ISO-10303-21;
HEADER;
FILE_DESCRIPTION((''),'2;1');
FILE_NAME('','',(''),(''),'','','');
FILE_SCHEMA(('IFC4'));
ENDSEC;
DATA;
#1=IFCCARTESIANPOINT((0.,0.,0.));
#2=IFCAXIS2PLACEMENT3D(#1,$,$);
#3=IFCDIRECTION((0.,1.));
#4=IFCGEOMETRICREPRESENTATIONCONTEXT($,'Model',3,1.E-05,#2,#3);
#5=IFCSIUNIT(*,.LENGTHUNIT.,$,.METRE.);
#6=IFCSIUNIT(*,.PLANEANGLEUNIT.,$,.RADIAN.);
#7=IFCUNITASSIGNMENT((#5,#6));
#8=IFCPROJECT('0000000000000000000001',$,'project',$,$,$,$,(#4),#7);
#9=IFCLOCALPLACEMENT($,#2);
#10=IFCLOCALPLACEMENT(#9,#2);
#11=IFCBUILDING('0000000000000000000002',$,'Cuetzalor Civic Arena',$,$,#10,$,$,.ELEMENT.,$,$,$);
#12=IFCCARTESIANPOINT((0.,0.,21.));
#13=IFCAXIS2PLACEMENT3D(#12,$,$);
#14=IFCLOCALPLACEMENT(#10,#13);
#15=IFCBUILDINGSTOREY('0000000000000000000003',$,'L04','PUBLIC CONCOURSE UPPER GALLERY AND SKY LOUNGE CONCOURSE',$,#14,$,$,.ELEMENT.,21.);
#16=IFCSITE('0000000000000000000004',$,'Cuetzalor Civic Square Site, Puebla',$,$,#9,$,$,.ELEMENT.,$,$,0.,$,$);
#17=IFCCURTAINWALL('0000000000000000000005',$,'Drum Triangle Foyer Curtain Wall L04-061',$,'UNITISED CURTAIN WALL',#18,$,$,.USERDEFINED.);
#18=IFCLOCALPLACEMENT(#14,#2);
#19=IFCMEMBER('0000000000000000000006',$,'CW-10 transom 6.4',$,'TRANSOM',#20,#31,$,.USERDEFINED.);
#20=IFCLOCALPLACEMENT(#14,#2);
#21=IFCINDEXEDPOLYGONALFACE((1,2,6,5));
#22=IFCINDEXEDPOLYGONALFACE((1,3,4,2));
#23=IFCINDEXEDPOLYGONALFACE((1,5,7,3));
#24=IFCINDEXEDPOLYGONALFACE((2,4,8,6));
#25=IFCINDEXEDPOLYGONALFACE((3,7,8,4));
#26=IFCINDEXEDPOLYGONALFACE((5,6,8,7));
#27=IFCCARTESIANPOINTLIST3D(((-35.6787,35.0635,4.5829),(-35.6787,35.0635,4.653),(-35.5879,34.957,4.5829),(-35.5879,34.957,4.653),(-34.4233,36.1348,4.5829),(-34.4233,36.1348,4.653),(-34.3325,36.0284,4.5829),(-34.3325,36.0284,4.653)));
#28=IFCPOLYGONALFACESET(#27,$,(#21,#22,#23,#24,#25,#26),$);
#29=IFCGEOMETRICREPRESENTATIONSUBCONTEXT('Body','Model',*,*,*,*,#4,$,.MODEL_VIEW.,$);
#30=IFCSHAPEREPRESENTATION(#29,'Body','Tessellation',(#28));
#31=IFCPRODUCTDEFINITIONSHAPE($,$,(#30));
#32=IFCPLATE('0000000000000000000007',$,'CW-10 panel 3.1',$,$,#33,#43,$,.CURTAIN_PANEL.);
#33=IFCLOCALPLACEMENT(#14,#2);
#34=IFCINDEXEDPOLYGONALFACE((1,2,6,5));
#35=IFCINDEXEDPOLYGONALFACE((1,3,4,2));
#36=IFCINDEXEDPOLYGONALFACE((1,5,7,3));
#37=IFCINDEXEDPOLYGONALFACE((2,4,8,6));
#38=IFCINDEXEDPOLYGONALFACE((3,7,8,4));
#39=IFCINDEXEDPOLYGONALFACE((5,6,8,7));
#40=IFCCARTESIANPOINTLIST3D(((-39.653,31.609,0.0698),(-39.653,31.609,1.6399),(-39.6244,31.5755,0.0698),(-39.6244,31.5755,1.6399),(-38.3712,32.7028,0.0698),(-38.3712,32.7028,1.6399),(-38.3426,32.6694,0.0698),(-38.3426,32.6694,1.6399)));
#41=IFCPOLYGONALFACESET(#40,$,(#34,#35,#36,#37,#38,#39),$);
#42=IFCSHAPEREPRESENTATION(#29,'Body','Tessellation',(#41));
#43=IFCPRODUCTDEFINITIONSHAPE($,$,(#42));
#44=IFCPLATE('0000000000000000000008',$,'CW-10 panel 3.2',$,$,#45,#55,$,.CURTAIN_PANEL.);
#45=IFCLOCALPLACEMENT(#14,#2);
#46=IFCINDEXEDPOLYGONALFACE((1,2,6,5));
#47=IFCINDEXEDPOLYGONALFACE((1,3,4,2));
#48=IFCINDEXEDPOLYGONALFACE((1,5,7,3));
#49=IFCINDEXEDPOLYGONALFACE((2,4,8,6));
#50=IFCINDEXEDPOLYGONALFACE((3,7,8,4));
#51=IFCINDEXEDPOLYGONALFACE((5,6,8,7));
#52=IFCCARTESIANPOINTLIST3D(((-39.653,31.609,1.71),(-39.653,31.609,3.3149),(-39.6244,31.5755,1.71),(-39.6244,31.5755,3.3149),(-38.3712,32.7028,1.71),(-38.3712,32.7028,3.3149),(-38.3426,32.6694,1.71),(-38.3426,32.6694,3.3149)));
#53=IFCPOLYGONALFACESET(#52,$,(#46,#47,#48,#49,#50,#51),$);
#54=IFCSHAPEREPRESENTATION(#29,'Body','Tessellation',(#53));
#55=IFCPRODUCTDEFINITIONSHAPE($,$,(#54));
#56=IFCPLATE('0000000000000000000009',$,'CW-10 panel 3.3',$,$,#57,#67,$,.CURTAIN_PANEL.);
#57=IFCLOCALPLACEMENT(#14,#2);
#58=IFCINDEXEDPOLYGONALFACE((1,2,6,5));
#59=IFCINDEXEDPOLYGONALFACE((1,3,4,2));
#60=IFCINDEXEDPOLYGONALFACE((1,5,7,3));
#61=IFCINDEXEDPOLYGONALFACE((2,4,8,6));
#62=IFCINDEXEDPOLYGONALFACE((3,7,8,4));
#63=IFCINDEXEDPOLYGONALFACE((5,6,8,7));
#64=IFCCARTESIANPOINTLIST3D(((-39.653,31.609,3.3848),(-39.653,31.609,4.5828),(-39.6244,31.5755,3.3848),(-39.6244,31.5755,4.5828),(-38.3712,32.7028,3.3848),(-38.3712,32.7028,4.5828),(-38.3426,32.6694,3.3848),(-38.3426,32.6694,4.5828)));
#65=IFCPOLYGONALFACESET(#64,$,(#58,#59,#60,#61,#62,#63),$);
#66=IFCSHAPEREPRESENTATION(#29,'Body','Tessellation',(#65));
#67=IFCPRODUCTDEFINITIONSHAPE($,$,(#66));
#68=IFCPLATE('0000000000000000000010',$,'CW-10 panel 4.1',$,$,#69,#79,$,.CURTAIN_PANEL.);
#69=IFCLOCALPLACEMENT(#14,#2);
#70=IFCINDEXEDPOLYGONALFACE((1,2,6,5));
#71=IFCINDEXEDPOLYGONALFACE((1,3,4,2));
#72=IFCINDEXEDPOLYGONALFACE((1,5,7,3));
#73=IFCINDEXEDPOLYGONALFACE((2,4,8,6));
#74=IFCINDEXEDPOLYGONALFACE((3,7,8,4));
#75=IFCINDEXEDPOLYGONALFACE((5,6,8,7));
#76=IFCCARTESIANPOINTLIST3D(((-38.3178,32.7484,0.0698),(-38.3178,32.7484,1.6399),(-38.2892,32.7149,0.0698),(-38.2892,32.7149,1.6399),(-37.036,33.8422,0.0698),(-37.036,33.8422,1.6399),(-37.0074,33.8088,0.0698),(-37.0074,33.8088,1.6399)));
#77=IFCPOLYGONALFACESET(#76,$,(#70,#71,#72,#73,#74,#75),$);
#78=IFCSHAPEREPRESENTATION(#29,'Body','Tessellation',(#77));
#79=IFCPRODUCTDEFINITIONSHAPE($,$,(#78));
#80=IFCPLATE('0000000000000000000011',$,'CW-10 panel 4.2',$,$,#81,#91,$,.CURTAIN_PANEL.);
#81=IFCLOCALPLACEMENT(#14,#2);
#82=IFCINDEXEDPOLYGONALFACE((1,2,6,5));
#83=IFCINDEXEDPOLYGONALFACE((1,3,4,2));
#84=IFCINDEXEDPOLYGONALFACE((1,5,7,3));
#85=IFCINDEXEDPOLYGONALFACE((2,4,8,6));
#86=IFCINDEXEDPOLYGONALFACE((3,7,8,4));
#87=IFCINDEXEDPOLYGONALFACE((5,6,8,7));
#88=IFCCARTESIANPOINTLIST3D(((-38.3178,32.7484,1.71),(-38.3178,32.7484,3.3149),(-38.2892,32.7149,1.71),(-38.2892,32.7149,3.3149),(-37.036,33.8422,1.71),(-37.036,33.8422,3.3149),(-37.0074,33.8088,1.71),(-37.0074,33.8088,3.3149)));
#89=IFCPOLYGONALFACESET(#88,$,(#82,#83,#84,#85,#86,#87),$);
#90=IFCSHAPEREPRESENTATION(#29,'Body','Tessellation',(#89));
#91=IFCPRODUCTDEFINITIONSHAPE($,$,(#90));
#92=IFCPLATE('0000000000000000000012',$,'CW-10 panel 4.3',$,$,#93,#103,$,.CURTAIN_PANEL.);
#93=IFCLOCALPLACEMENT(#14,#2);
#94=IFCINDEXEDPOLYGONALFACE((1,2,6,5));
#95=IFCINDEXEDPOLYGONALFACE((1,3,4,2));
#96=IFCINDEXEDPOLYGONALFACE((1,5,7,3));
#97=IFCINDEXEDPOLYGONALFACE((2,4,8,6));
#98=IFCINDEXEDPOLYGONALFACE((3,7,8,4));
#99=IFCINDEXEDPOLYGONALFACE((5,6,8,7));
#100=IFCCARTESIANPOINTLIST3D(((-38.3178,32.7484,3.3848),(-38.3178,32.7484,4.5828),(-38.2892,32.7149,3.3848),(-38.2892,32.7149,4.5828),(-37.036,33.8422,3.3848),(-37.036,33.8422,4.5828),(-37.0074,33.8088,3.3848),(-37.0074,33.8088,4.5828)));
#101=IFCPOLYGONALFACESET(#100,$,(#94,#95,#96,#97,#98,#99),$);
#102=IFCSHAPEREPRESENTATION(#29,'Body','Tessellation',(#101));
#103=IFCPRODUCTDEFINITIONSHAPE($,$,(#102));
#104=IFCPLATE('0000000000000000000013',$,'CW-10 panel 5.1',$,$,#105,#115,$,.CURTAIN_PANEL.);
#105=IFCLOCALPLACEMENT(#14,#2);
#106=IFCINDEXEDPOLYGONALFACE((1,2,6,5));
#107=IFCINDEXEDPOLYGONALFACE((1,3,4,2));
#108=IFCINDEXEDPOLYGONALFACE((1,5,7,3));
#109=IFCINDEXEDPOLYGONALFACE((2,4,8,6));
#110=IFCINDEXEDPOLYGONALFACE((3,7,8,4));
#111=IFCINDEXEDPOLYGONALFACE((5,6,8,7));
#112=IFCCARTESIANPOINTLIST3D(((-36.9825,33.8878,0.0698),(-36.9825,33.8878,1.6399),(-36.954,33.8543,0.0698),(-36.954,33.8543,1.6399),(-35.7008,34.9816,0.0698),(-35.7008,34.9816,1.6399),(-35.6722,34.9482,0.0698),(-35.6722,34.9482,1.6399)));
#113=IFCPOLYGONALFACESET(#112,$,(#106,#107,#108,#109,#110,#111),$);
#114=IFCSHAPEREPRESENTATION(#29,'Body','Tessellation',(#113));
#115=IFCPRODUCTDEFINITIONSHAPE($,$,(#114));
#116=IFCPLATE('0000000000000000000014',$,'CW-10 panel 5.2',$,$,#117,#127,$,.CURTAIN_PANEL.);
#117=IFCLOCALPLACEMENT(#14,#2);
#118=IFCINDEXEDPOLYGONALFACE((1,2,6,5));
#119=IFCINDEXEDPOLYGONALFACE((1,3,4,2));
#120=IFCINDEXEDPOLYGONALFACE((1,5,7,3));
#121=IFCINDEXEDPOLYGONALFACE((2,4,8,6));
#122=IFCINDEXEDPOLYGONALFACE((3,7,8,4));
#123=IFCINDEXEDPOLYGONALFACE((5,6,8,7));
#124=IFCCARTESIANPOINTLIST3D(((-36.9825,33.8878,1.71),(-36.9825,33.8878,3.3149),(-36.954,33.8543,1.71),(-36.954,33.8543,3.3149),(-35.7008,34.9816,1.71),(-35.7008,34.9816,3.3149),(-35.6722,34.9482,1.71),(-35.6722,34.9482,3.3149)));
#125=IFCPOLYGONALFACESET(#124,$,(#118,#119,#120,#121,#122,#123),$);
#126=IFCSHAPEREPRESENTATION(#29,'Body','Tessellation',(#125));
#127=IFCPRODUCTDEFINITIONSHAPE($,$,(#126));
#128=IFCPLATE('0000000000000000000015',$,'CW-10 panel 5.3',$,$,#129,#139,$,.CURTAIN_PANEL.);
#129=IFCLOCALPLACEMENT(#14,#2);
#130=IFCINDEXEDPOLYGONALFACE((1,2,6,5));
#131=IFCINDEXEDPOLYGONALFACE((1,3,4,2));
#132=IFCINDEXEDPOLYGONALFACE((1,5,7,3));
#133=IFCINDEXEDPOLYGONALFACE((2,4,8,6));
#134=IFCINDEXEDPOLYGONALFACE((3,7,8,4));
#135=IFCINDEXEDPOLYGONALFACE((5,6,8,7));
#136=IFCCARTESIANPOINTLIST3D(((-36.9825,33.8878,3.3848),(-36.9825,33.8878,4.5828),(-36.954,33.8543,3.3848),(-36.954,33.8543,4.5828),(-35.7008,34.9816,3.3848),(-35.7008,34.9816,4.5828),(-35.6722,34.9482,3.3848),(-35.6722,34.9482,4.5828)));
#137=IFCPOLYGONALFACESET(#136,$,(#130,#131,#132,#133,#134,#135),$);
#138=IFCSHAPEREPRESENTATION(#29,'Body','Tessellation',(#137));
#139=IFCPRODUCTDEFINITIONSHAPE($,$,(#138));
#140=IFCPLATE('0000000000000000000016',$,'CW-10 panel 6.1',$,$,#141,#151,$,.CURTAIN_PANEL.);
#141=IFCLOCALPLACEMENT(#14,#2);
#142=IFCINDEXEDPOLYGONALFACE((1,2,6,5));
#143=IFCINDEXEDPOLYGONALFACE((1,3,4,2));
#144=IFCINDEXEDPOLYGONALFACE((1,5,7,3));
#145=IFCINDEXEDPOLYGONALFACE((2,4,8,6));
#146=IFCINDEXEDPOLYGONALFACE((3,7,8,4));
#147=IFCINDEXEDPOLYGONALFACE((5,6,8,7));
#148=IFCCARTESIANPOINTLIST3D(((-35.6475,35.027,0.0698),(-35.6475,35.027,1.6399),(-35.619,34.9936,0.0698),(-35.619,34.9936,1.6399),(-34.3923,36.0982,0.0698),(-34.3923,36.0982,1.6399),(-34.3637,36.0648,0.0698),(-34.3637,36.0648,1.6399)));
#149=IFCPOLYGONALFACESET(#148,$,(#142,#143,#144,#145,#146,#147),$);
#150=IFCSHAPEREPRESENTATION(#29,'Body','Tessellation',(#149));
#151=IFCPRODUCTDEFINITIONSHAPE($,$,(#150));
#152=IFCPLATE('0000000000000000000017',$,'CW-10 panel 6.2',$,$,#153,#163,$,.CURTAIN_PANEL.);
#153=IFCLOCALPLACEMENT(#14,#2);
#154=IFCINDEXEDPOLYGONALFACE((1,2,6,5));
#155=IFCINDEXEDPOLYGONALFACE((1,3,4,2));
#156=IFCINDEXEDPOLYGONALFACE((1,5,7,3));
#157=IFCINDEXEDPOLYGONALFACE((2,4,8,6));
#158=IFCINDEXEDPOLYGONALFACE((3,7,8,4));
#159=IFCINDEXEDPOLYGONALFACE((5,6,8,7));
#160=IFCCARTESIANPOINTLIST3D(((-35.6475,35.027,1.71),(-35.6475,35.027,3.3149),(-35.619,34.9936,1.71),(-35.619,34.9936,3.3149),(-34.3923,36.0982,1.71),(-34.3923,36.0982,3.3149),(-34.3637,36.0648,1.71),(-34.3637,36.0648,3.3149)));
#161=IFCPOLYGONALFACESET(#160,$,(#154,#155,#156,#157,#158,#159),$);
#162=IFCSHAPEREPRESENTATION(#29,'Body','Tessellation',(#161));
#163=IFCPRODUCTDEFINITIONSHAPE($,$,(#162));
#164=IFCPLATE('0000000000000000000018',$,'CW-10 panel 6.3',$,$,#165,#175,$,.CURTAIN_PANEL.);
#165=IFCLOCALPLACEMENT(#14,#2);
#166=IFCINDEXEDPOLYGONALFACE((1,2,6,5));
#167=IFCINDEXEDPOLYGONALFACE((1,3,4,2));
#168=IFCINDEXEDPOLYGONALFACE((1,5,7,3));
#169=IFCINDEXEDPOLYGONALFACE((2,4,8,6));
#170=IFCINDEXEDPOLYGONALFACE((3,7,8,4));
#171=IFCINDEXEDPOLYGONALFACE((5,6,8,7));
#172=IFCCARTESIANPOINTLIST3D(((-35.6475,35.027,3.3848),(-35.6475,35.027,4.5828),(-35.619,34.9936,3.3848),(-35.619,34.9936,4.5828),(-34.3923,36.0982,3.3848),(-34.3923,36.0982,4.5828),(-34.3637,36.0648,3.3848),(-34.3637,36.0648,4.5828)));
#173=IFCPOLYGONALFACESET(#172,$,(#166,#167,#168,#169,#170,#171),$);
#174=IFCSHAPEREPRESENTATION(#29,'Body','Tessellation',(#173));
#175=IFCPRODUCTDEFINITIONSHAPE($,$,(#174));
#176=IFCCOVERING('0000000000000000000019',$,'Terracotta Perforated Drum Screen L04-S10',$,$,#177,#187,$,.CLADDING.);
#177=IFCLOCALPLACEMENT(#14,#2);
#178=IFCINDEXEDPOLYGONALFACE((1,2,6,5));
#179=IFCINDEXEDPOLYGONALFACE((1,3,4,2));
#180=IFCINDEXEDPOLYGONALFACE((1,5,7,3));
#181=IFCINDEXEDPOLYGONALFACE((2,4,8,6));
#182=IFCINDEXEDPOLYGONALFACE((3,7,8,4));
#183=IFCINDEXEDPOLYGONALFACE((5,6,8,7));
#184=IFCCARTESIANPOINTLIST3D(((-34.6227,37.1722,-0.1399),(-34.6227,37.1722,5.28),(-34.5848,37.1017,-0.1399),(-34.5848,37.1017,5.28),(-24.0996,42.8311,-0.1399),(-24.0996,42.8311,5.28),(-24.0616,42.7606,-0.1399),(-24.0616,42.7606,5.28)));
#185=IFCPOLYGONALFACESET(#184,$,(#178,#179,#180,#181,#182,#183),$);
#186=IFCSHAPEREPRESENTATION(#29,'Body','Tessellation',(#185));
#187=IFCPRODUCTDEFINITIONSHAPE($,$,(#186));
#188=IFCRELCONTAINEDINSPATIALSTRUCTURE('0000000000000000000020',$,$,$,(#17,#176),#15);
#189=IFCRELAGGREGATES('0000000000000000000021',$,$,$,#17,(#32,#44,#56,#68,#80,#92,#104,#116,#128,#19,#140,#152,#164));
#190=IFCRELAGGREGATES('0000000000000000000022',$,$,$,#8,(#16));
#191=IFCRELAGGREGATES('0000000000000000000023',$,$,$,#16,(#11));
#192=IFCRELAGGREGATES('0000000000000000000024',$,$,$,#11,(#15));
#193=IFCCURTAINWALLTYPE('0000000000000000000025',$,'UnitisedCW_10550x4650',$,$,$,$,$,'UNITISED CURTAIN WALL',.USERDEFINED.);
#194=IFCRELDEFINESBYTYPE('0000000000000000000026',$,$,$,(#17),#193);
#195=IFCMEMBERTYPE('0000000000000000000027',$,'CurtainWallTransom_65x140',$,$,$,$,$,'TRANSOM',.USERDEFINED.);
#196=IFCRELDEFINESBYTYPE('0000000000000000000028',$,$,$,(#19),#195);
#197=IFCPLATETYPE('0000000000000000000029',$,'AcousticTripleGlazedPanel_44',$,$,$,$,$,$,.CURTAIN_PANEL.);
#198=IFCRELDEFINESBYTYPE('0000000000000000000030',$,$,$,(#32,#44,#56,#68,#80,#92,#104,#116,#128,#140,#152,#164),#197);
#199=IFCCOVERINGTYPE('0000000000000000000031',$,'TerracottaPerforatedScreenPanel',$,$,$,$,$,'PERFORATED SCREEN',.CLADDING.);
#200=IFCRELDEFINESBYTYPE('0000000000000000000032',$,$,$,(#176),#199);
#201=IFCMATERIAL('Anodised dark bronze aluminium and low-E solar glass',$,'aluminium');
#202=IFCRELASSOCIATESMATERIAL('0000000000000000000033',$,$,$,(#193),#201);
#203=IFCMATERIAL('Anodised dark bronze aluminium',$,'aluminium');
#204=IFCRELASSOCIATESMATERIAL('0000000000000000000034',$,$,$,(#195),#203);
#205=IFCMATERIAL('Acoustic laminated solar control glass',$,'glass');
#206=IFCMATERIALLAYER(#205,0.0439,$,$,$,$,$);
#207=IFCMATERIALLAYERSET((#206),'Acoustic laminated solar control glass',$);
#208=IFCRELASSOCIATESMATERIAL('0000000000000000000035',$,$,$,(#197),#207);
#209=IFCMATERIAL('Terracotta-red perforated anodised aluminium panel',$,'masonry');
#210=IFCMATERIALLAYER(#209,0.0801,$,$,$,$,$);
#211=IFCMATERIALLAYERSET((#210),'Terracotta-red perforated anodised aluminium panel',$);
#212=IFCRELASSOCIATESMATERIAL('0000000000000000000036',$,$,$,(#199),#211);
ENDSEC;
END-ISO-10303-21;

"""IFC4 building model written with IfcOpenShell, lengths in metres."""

from ifc_helpers import new_model, si_unit, direction, frame, frame_2d, origin, origin_2d, place, context, subcontext, project, spatial, rectangle, extrude, material, layer, layer_set, material_profile, profile_set, type_object, element, aggregate, save


model = new_model("IFC4")

# Units and contexts
model_context = context("Model", 3, precision=1e-05, world=origin(), true_north=direction((0.0, 1.0)))
body_context = subcontext(model_context, "Body", "Model", "MODEL_VIEW")
ifc_project = project(units=[si_unit("LENGTHUNIT", "METRE"), si_unit("PLANEANGLEUNIT", "RADIAN")], contexts=[model_context])

# Site, building, storey
site_placement = place(None, origin())
site = spatial("IfcSite", under=ifc_project, at=site_placement, Name="Cuetzalor Civic Square Site, Puebla", CompositionType="ELEMENT", RefElevation=0.0)
building_placement = place(site_placement, origin())
building = spatial("IfcBuilding", under=site, at=building_placement, Name="Cuetzalor Civic Arena", CompositionType="ELEMENT")
storey_placement = place(building_placement, frame((0.0, 0.0, 21.0)))
storey = spatial("IfcBuildingStorey", under=building, at=storey_placement, Name="L04", Description="PUBLIC CONCOURSE UPPER GALLERY AND SKY LOUNGE CONCOURSE", CompositionType="ELEMENT", Elevation=21.0)

# Curtain wall, member, plates
ifc_material_1 = material(Name="Anodised dark bronze aluminium and low-E solar glass", Category="aluminium")
curtain_wall_type = type_object("IfcCurtainWallType", Name="UnitisedCW_10550x4650", ElementType="UNITISED CURTAIN WALL", PredefinedType="USERDEFINED", material=ifc_material_1)
curtain_wall_placement = place(storey_placement, origin())
curtain_wall = element("IfcCurtainWall", 1, at=curtain_wall_placement, inside=storey, type_object=curtain_wall_type, Name="Drum Triangle Foyer Curtain Wall L04-061", ObjectType="UNITISED CURTAIN WALL", PredefinedType="USERDEFINED")
ifc_material_2 = material(Name="Anodised dark bronze aluminium", Category="aluminium")
ifc_material_profile_1 = material_profile(ifc_material_2, rectangle(XDim=0.1399, YDim=0.0701, at=origin_2d()), Name="ALU TRANSOM 70x140")
ifc_profile_set_1 = profile_set([ifc_material_profile_1], Name="Anodised dark bronze aluminium")
member_type_1 = type_object("IfcMemberType", Name="CurtainWallTransom_65x140", ElementType="TRANSOM", PredefinedType="USERDEFINED", material=ifc_profile_set_1)
member_1_placement = place(storey_placement, frame((-35.6333, 35.0103, 4.6179), z_axis=(0.760675, 0.649133, 0.0), x_axis=(-0.649133, 0.760675, 0.0)))
member_1 = element("IfcMember", 2, at=member_1_placement, type_object=member_type_1, Name="CW-10 transom 6.4", ObjectType="TRANSOM", PredefinedType="USERDEFINED", context=body_context, shape_type="SweptSolid", body=[
    extrude(rectangle(XDim=0.1399, YDim=0.0701, at=origin_2d()), origin(), (0.0, 0.0, 1.0), 1.6504),
])
ifc_material_3 = material(Name="Acoustic laminated solar control glass", Category="glass")
ifc_layer_1 = layer(ifc_material_3, 0.0439)
ifc_layer_set_1 = layer_set([ifc_layer_1], Name="Acoustic laminated solar control glass")
plate_type = type_object("IfcPlateType", Name="AcousticTripleGlazedPanel_44", PredefinedType="CURTAIN_PANEL", material=ifc_layer_set_1)
plate_1_placement = place(storey_placement, frame((-38.9978, 32.1392, 0.0698), z_axis=(0.0, 0.0, 1.0), x_axis=(0.760677, 0.64913, 0.0)))
plate_1 = element("IfcPlate", 3, at=plate_1_placement, type_object=plate_type, Name="CW-10 panel 3.1", PredefinedType="CURTAIN_PANEL", context=body_context, shape_type="SweptSolid", body=[
    extrude(rectangle(XDim=1.6851, YDim=0.0439, at=origin_2d()), origin(), (0.0, 0.0, 1.0), 1.5701),
])
plate_2_placement = place(storey_placement, frame((-38.9978, 32.1392, 1.71), z_axis=(0.0, 0.0, 1.0), x_axis=(0.760677, 0.64913, 0.0)))
plate_2 = element("IfcPlate", 4, at=plate_2_placement, type_object=plate_type, Name="CW-10 panel 3.2", PredefinedType="CURTAIN_PANEL", context=body_context, shape_type="SweptSolid", body=[
    extrude(rectangle(XDim=1.6851, YDim=0.0439, at=origin_2d()), origin(), (0.0, 0.0, 1.0), 1.605),
])
plate_3_placement = place(storey_placement, frame((-38.9978, 32.1392, 3.3848), z_axis=(0.0, 0.0, 1.0), x_axis=(0.760677, 0.64913, 0.0)))
plate_3 = element("IfcPlate", 5, at=plate_3_placement, type_object=plate_type, Name="CW-10 panel 3.3", PredefinedType="CURTAIN_PANEL", context=body_context, shape_type="SweptSolid", body=[
    extrude(rectangle(XDim=1.6851, YDim=0.0439, at=origin_2d()), origin(), (0.0, 0.0, 1.0), 1.198),
])
plate_4_placement = place(storey_placement, frame((-37.6626, 33.2786, 0.0698), z_axis=(0.0, 0.0, 1.0), x_axis=(0.760677, 0.64913, 0.0)))
plate_4 = element("IfcPlate", 6, at=plate_4_placement, type_object=plate_type, Name="CW-10 panel 4.1", PredefinedType="CURTAIN_PANEL", context=body_context, shape_type="SweptSolid", body=[
    extrude(rectangle(XDim=1.6851, YDim=0.0439, at=origin_2d()), origin(), (0.0, 0.0, 1.0), 1.5701),
])
plate_5_placement = place(storey_placement, frame((-37.6626, 33.2786, 1.71), z_axis=(0.0, 0.0, 1.0), x_axis=(0.760677, 0.64913, 0.0)))
plate_5 = element("IfcPlate", 7, at=plate_5_placement, type_object=plate_type, Name="CW-10 panel 4.2", PredefinedType="CURTAIN_PANEL", context=body_context, shape_type="SweptSolid", body=[
    extrude(rectangle(XDim=1.6851, YDim=0.0439, at=origin_2d()), origin(), (0.0, 0.0, 1.0), 1.605),
])
plate_6_placement = place(storey_placement, frame((-37.6626, 33.2786, 3.3848), z_axis=(0.0, 0.0, 1.0), x_axis=(0.760677, 0.64913, 0.0)))
plate_6 = element("IfcPlate", 8, at=plate_6_placement, type_object=plate_type, Name="CW-10 panel 4.3", PredefinedType="CURTAIN_PANEL", context=body_context, shape_type="SweptSolid", body=[
    extrude(rectangle(XDim=1.6851, YDim=0.0439, at=origin_2d()), origin(), (0.0, 0.0, 1.0), 1.198),
])
plate_7_placement = place(storey_placement, frame((-36.3274, 34.418, 0.0698), z_axis=(0.0, 0.0, 1.0), x_axis=(0.760677, 0.64913, 0.0)))
plate_7 = element("IfcPlate", 9, at=plate_7_placement, type_object=plate_type, Name="CW-10 panel 5.1", PredefinedType="CURTAIN_PANEL", context=body_context, shape_type="SweptSolid", body=[
    extrude(rectangle(XDim=1.6851, YDim=0.0439, at=origin_2d()), origin(), (0.0, 0.0, 1.0), 1.5701),
])
plate_8_placement = place(storey_placement, frame((-36.3274, 34.418, 1.71), z_axis=(0.0, 0.0, 1.0), x_axis=(0.760677, 0.64913, 0.0)))
plate_8 = element("IfcPlate", 10, at=plate_8_placement, type_object=plate_type, Name="CW-10 panel 5.2", PredefinedType="CURTAIN_PANEL", context=body_context, shape_type="SweptSolid", body=[
    extrude(rectangle(XDim=1.6851, YDim=0.0439, at=origin_2d()), origin(), (0.0, 0.0, 1.0), 1.605),
])
plate_9_placement = place(storey_placement, frame((-36.3274, 34.418, 3.3848), z_axis=(0.0, 0.0, 1.0), x_axis=(0.760677, 0.64913, 0.0)))
plate_9 = element("IfcPlate", 11, at=plate_9_placement, type_object=plate_type, Name="CW-10 panel 5.3", PredefinedType="CURTAIN_PANEL", context=body_context, shape_type="SweptSolid", body=[
    extrude(rectangle(XDim=1.6851, YDim=0.0439, at=origin_2d()), origin(), (0.0, 0.0, 1.0), 1.198),
])
plate_10_placement = place(storey_placement, frame((-35.0056, 35.5459, 0.0698), z_axis=(0.0, 0.0, 1.0), x_axis=(0.760677, 0.64913, 0.0)))
plate_10 = element("IfcPlate", 12, at=plate_10_placement, type_object=plate_type, Name="CW-10 panel 6.1", PredefinedType="CURTAIN_PANEL", context=body_context, shape_type="SweptSolid", body=[
    extrude(rectangle(XDim=1.6501, YDim=0.0439, at=origin_2d()), origin(), (0.0, 0.0, 1.0), 1.5701),
])
plate_11_placement = place(storey_placement, frame((-35.0056, 35.5459, 1.71), z_axis=(0.0, 0.0, 1.0), x_axis=(0.760677, 0.64913, 0.0)))
plate_11 = element("IfcPlate", 13, at=plate_11_placement, type_object=plate_type, Name="CW-10 panel 6.2", PredefinedType="CURTAIN_PANEL", context=body_context, shape_type="SweptSolid", body=[
    extrude(rectangle(XDim=1.6501, YDim=0.0439, at=origin_2d()), origin(), (0.0, 0.0, 1.0), 1.605),
])
plate_12_placement = place(storey_placement, frame((-35.0056, 35.5459, 3.3848), z_axis=(0.0, 0.0, 1.0), x_axis=(0.760677, 0.64913, 0.0)))
plate_12 = element("IfcPlate", 14, at=plate_12_placement, type_object=plate_type, Name="CW-10 panel 6.3", PredefinedType="CURTAIN_PANEL", context=body_context, shape_type="SweptSolid", body=[
    extrude(rectangle(XDim=1.6501, YDim=0.0439, at=origin_2d()), origin(), (0.0, 0.0, 1.0), 1.198),
])
aggregate(curtain_wall, [plate_1, plate_2, plate_3, plate_4, plate_5, plate_6, plate_7, plate_8, plate_9, member_1, plate_10, plate_11, plate_12])

# Covering
ifc_material_4 = material(Name="Terracotta-red perforated anodised aluminium panel", Category="masonry")
ifc_layer_2 = layer(ifc_material_4, 0.0801)
ifc_layer_set_2 = layer_set([ifc_layer_2], Name="Terracotta-red perforated anodised aluminium panel")
covering_type = type_object("IfcCoveringType", Name="TerracottaPerforatedScreenPanel", ElementType="PERFORATED SCREEN", PredefinedType="CLADDING", material=ifc_layer_set_2)
covering_placement = place(storey_placement, frame((-34.6038, 37.137, -0.1399), z_axis=(0.0, 0.0, 1.0), x_axis=(0.880729, 0.47362, 0.0)))
element("IfcCovering", 15, at=covering_placement, inside=storey, type_object=covering_type, Name="Terracotta Perforated Drum Screen L04-S10", PredefinedType="CLADDING", context=body_context, shape_type="SweptSolid", body=[
    extrude(rectangle(XDim=11.9482, YDim=0.0801, at=frame_2d((5.9741, 0.0))), origin(), (0.0, 0.0, 1.0), 5.4199),
])

save(model, "model.ifc")
